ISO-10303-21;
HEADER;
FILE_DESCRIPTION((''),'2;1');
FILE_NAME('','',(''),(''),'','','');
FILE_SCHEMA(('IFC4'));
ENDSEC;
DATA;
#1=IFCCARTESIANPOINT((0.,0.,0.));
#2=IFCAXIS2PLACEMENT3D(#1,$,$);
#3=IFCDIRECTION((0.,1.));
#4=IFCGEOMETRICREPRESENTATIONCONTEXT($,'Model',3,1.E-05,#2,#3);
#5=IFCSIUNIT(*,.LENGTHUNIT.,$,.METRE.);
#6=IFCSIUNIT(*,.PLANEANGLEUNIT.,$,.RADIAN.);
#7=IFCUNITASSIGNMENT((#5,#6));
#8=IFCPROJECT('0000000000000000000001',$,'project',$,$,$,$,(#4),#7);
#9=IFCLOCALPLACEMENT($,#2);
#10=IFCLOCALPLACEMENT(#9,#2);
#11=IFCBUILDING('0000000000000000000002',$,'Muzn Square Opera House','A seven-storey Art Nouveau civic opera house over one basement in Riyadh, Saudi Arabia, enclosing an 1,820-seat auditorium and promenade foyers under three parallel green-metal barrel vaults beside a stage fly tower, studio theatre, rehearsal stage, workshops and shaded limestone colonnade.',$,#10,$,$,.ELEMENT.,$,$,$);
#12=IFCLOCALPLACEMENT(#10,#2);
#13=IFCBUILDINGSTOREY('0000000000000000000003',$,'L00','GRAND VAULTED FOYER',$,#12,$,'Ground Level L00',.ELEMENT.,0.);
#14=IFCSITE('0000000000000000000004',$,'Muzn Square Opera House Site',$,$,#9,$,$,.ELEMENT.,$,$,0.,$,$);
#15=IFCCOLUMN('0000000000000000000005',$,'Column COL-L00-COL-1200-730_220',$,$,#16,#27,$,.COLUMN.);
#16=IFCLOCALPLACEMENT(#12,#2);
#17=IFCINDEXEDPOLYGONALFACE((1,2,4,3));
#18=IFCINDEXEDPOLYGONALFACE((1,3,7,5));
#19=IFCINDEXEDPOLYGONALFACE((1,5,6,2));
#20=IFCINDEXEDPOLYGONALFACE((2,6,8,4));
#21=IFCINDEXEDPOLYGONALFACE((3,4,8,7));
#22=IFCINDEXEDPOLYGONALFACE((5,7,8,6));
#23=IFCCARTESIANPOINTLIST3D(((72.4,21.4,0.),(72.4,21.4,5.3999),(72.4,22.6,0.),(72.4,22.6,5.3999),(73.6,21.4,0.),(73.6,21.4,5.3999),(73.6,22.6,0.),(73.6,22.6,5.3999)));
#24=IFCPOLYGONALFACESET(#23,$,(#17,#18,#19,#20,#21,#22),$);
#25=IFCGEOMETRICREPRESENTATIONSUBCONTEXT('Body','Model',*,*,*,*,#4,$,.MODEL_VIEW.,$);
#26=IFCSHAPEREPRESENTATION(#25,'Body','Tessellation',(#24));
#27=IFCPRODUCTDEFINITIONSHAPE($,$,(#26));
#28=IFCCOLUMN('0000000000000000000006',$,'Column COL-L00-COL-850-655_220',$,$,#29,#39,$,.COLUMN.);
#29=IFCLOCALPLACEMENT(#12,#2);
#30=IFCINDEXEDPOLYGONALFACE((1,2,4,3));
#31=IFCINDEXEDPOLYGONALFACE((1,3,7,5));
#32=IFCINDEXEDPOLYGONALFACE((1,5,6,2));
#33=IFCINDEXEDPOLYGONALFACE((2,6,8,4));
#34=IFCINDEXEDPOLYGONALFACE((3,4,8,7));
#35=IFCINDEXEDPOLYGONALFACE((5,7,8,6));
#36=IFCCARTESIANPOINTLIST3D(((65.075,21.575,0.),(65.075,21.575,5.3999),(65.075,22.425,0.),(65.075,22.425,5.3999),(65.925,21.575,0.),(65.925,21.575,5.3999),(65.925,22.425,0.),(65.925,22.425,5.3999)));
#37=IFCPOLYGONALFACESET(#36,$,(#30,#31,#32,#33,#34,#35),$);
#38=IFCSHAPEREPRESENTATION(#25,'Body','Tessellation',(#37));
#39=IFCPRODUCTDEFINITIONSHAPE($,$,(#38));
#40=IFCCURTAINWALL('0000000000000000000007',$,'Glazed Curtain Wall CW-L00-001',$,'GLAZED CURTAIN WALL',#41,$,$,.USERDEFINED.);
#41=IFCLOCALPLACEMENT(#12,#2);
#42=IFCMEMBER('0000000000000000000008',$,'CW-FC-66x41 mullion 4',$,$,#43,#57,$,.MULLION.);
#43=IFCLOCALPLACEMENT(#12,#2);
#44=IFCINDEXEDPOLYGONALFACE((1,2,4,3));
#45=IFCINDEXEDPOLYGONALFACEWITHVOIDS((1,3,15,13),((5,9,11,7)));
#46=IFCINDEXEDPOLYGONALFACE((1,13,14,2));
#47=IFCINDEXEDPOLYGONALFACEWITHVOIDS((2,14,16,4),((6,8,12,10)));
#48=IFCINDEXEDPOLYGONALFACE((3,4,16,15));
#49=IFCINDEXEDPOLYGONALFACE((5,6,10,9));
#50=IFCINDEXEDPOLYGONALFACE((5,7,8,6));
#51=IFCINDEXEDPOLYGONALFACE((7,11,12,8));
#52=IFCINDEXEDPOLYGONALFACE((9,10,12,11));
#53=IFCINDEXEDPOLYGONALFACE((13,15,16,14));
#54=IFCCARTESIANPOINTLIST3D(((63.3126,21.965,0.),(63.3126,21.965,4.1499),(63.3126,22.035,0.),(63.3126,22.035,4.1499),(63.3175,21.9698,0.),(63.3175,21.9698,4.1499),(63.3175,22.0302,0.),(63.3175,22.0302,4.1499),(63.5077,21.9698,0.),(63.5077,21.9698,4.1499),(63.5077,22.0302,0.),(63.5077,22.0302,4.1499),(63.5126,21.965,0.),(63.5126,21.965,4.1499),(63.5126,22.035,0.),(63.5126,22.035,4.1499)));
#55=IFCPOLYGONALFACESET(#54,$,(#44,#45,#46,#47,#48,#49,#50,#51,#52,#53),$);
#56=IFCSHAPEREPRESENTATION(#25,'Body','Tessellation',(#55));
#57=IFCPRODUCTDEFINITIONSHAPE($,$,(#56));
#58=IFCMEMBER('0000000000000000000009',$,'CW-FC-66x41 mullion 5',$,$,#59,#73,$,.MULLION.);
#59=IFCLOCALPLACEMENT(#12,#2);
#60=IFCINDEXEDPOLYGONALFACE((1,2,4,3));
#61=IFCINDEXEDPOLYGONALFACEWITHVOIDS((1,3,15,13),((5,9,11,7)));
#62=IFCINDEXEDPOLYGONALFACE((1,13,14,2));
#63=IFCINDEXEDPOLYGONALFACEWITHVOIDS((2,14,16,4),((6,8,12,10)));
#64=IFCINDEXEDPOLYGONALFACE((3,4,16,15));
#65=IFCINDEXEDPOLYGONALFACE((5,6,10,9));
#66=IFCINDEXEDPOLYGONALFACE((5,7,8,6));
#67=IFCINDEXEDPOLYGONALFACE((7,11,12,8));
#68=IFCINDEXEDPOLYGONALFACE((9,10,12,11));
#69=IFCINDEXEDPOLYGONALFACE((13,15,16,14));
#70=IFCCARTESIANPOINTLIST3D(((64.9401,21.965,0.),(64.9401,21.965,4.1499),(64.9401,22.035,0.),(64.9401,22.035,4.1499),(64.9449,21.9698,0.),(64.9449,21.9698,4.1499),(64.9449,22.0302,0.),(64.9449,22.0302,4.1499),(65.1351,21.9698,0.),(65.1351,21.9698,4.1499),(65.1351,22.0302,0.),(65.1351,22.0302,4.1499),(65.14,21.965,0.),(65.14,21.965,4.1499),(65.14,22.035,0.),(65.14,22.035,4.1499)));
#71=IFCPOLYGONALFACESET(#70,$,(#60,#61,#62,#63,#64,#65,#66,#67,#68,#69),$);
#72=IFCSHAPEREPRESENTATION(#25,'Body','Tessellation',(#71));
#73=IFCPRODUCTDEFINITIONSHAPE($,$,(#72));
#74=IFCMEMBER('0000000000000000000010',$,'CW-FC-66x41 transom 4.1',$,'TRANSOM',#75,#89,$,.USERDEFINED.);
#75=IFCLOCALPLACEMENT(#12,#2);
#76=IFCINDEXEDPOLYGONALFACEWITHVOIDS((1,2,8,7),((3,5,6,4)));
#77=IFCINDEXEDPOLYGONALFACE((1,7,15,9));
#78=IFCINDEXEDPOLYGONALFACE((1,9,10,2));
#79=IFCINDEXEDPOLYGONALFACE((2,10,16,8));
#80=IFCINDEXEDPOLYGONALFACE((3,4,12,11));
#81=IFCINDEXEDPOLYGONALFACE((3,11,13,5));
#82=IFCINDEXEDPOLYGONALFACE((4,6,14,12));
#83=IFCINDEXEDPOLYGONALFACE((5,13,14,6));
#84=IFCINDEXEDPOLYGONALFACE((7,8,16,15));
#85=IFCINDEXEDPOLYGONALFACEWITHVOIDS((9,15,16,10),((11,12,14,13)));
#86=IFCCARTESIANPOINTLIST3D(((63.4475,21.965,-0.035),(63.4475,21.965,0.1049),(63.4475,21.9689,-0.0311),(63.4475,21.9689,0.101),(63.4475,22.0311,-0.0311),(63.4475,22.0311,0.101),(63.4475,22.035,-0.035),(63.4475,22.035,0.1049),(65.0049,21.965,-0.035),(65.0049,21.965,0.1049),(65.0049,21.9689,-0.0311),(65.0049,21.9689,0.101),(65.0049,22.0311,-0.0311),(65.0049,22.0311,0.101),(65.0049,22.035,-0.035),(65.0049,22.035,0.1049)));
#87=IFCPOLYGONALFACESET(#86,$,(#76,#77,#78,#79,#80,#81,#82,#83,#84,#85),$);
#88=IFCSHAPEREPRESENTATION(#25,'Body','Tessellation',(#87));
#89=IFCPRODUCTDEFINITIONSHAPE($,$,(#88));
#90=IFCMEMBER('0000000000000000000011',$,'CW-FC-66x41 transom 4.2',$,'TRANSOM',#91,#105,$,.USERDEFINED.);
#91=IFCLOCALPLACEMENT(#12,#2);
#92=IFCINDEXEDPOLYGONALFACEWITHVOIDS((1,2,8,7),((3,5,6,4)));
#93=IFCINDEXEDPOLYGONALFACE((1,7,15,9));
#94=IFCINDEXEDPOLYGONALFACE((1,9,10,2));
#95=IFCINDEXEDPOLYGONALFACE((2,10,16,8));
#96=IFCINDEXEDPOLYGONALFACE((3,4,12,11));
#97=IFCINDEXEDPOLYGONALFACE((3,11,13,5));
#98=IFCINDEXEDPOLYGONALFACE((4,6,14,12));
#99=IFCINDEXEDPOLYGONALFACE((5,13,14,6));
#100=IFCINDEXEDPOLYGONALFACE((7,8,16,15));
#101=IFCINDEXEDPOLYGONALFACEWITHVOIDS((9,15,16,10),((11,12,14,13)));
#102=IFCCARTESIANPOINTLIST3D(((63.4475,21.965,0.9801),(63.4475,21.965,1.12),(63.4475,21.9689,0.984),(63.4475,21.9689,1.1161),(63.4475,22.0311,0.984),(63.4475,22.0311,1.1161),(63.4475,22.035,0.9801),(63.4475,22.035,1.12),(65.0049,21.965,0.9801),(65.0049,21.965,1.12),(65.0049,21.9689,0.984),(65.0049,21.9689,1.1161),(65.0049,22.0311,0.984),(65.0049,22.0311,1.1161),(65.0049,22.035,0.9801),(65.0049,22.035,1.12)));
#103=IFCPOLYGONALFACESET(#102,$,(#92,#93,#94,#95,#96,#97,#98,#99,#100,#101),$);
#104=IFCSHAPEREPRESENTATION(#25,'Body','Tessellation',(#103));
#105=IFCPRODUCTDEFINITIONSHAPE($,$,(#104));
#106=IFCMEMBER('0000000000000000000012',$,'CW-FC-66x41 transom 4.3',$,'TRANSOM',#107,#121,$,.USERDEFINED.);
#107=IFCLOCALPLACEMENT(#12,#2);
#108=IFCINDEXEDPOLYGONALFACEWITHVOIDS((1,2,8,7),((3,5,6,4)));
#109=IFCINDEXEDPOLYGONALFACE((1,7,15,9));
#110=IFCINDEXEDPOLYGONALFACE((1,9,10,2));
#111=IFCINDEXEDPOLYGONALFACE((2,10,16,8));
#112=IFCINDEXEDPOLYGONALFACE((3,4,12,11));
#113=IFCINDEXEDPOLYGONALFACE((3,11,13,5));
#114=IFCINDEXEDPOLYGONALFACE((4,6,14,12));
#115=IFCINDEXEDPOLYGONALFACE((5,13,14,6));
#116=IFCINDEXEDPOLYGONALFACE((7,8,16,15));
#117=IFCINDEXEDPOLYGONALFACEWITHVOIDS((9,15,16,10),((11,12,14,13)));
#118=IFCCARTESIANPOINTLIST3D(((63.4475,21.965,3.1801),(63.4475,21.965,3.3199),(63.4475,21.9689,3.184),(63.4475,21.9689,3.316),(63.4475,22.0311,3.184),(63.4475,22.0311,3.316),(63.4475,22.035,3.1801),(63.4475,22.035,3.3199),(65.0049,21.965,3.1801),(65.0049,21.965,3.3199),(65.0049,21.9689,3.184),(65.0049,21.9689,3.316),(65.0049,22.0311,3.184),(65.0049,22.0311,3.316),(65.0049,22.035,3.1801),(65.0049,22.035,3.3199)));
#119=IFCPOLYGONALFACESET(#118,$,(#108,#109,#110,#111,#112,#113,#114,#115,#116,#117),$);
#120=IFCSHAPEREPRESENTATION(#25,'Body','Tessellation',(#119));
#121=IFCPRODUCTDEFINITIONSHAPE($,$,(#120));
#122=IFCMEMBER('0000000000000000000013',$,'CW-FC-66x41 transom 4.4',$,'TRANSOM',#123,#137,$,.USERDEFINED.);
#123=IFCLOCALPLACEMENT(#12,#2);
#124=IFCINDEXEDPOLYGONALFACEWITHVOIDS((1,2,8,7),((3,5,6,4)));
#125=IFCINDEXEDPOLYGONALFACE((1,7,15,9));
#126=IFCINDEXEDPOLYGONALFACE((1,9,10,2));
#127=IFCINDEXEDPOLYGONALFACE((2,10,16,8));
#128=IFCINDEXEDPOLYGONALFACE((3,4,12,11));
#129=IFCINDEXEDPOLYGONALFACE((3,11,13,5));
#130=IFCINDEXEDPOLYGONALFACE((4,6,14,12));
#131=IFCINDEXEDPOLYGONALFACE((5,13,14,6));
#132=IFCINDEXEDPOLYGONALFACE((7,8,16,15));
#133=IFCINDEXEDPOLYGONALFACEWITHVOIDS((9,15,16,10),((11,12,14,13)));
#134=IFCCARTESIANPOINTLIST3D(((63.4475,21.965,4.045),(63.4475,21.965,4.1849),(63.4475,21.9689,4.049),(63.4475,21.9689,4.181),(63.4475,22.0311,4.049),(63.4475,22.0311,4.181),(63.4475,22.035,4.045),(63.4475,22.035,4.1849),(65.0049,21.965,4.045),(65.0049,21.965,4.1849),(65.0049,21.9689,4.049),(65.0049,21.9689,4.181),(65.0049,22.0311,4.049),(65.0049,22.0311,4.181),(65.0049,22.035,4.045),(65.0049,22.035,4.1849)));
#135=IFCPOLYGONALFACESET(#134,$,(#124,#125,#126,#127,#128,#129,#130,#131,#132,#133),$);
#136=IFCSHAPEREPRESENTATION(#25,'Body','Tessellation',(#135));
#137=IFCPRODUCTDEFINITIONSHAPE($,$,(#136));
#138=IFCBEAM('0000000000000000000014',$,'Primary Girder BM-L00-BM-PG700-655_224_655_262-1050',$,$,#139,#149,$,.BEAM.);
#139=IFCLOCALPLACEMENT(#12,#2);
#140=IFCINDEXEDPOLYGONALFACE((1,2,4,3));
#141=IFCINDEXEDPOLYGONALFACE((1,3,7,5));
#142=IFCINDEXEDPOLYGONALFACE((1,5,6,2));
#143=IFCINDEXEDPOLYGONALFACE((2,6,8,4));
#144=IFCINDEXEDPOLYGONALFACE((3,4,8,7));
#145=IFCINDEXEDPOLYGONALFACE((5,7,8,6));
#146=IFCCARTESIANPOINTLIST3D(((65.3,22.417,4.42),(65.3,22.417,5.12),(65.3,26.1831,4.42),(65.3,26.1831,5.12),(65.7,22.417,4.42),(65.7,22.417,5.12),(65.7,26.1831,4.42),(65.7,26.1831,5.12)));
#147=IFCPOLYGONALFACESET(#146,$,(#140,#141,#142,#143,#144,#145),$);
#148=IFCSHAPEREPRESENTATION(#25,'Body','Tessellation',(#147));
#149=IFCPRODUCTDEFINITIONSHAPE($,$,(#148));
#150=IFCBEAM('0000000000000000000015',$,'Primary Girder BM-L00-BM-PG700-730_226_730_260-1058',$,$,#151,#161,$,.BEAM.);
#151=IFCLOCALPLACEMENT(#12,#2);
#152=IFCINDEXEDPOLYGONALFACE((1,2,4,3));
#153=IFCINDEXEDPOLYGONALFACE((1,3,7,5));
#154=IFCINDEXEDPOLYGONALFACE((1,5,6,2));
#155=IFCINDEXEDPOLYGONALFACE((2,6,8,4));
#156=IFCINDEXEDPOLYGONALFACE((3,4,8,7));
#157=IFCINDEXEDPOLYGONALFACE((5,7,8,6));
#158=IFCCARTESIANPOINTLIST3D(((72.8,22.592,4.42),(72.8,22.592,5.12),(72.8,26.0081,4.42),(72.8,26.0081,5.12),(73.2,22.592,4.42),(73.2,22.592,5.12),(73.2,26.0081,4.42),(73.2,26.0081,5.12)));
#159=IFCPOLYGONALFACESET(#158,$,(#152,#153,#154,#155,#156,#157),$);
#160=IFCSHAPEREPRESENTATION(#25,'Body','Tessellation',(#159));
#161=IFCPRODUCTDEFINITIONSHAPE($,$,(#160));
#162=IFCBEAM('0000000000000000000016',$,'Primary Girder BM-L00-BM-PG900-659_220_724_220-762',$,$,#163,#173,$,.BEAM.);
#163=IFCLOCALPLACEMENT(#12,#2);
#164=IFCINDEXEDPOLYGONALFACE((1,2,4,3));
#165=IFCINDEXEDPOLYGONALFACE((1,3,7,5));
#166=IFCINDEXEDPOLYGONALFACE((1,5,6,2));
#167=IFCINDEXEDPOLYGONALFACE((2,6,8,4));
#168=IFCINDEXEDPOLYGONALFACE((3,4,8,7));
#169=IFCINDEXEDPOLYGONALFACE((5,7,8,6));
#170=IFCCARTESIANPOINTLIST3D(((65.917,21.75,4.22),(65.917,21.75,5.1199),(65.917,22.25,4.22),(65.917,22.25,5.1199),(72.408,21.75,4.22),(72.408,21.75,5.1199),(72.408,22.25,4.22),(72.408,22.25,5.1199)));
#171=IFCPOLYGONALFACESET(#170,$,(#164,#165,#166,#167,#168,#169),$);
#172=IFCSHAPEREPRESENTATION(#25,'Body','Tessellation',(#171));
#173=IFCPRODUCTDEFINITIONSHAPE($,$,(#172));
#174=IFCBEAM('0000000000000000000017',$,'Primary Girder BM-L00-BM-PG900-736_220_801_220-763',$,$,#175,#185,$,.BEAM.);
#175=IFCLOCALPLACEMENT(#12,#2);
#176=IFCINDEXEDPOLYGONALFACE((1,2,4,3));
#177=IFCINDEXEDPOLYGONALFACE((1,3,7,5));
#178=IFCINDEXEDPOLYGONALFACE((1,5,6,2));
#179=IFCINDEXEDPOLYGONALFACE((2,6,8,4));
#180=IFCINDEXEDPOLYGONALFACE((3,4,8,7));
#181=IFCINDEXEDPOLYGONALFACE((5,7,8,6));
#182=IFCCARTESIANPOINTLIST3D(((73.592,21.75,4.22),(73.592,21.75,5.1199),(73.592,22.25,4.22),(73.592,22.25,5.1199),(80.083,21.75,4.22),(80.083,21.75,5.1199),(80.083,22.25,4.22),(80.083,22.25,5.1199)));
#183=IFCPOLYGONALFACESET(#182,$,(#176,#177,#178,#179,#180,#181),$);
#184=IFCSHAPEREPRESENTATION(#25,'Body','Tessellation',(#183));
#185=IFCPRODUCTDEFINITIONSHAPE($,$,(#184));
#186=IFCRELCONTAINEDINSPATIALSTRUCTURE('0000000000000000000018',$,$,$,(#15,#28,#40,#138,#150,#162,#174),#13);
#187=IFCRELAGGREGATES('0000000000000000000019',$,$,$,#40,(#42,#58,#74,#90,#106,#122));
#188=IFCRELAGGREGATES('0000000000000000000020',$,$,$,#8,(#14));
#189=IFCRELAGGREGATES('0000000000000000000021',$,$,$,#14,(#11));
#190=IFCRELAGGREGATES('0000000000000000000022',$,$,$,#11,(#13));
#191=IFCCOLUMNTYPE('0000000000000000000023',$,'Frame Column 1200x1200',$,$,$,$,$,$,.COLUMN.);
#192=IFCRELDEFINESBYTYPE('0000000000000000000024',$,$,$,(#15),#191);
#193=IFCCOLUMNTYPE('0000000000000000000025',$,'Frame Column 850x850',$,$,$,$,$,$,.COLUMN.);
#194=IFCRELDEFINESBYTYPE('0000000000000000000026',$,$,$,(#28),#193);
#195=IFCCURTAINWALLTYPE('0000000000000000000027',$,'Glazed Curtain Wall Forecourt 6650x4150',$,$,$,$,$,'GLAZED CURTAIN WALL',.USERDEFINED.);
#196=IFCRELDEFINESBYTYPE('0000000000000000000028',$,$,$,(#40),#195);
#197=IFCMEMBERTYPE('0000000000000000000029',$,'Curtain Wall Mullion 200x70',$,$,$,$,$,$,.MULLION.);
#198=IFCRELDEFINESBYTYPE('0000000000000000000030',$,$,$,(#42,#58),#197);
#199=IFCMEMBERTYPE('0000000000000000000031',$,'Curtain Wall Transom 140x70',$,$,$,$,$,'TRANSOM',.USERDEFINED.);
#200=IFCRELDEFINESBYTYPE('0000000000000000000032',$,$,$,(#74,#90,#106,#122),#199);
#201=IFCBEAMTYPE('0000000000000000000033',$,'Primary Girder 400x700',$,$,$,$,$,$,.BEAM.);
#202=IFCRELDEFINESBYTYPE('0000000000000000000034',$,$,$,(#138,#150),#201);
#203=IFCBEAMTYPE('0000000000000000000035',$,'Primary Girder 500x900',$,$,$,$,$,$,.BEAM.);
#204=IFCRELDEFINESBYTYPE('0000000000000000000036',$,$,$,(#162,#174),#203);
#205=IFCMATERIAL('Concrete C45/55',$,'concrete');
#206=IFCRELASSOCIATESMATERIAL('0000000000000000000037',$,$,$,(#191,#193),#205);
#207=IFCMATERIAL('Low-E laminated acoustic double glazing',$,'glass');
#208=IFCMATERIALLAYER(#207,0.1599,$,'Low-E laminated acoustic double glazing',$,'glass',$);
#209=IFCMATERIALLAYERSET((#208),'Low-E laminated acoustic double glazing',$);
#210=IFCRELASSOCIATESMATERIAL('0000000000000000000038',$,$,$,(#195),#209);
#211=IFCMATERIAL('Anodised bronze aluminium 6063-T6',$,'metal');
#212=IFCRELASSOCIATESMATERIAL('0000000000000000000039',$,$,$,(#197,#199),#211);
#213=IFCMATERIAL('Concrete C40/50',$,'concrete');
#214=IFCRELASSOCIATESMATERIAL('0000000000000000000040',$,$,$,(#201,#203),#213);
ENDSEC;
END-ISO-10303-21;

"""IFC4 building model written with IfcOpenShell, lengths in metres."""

from ifc_helpers import new_model, si_unit, direction, frame, origin, origin_2d, place, context, subcontext, project, spatial, rectangle, hollow_rectangle, extrude, material, layer, layer_set, material_profile, profile_set, type_object, element, aggregate, save


model = new_model("IFC4")

# Units and contexts
model_context = context("Model", 3, precision=1e-05, world=origin(), true_north=direction((0.0, 1.0)))
body_context = subcontext(model_context, "Body", "Model", "MODEL_VIEW")
ifc_project = project(units=[si_unit("LENGTHUNIT", "METRE"), si_unit("PLANEANGLEUNIT", "RADIAN")], contexts=[model_context])

# Site, building, storey
site_placement = place(None, origin())
site = spatial("IfcSite", under=ifc_project, at=site_placement, Name="Muzn Square Opera House Site", CompositionType="ELEMENT", RefElevation=0.0)
building_placement = place(site_placement, origin())
building = spatial("IfcBuilding", under=site, at=building_placement, Name="Muzn Square Opera House", Description="A seven-storey Art Nouveau civic opera house over one basement in Riyadh, Saudi Arabia, enclosing an 1,820-seat auditorium and promenade foyers under three parallel green-metal barrel vaults beside a stage fly tower, studio theatre, rehearsal stage, workshops and shaded limestone colonnade.", CompositionType="ELEMENT")
storey_placement = place(building_placement, origin())
storey = spatial("IfcBuildingStorey", under=building, at=storey_placement, Name="L00", Description="GRAND VAULTED FOYER", LongName="Ground Level L00", CompositionType="ELEMENT", Elevation=0.0)

# Columns
ifc_material_1 = material(Name="Concrete C45/55", Category="concrete")
ifc_material_profile_1 = material_profile(ifc_material_1, rectangle(XDim=1.2, YDim=1.2, at=origin_2d()), Name="RC 1200x1200", Category="concrete")
ifc_profile_set_1 = profile_set([ifc_material_profile_1], Name="Concrete C45/55")
column_type_1 = type_object("IfcColumnType", Name="Frame Column 1200x1200", PredefinedType="COLUMN", material=ifc_profile_set_1)
column_1_placement = place(storey_placement, frame((73.0, 22.0, 0.0), z_axis=(0.0, 0.0, 1.0), x_axis=(1.0, 0.0, 0.0)))
element("IfcColumn", 1, at=column_1_placement, inside=storey, type_object=column_type_1, Name="Column COL-L00-COL-1200-730_220", PredefinedType="COLUMN", context=body_context, shape_type="SweptSolid", body=[
    extrude(rectangle(XDim=1.2, YDim=1.2, at=origin_2d()), origin(), (0.0, 0.0, 1.0), 5.3999),
])
ifc_material_profile_2 = material_profile(ifc_material_1, rectangle(XDim=0.8501, YDim=0.8501, at=origin_2d()), Name="RC 850x850", Category="concrete")
ifc_profile_set_2 = profile_set([ifc_material_profile_2], Name="Concrete C45/55")
column_type_2 = type_object("IfcColumnType", Name="Frame Column 850x850", PredefinedType="COLUMN", material=ifc_profile_set_2)
column_2_placement = place(storey_placement, frame((65.5, 22.0, 0.0), z_axis=(0.0, 0.0, 1.0), x_axis=(1.0, 0.0, 0.0)))
element("IfcColumn", 2, at=column_2_placement, inside=storey, type_object=column_type_2, Name="Column COL-L00-COL-850-655_220", PredefinedType="COLUMN", context=body_context, shape_type="SweptSolid", body=[
    extrude(rectangle(XDim=0.8501, YDim=0.8501, at=origin_2d()), origin(), (0.0, 0.0, 1.0), 5.3999),
])

# Curtain wall, members
ifc_material_2 = material(Name="Low-E laminated acoustic double glazing", Category="glass")
ifc_layer_1 = layer(ifc_material_2, 0.1599, Name="Low-E laminated acoustic double glazing", Category="glass")
ifc_layer_set_1 = layer_set([ifc_layer_1], Name="Low-E laminated acoustic double glazing")
curtain_wall_type = type_object("IfcCurtainWallType", Name="Glazed Curtain Wall Forecourt 6650x4150", ElementType="GLAZED CURTAIN WALL", PredefinedType="USERDEFINED", material=ifc_layer_set_1)
curtain_wall_placement = place(storey_placement, origin())
curtain_wall = element("IfcCurtainWall", 3, at=curtain_wall_placement, inside=storey, type_object=curtain_wall_type, Name="Glazed Curtain Wall CW-L00-001", ObjectType="GLAZED CURTAIN WALL", PredefinedType="USERDEFINED")
ifc_material_3 = material(Name="Anodised bronze aluminium 6063-T6", Category="metal")
ifc_material_profile_3 = material_profile(ifc_material_3, hollow_rectangle(XDim=0.0701, YDim=0.2, WallThickness=0.0049, at=origin_2d()), Name="ALU 200x70x5", Category="metal")
ifc_profile_set_3 = profile_set([ifc_material_profile_3], Name="Anodised bronze aluminium 6063-T6")
member_type_1 = type_object("IfcMemberType", Name="Curtain Wall Mullion 200x70", PredefinedType="MULLION", material=ifc_profile_set_3)
member_1_placement = place(storey_placement, frame((63.4126, 22.0, 0.0), z_axis=(0.0, 0.0, 1.0), x_axis=(0.0, 1.0, 0.0)))
member_1 = element("IfcMember", 4, at=member_1_placement, type_object=member_type_1, Name="CW-FC-66x41 mullion 4", PredefinedType="MULLION", context=body_context, shape_type="SweptSolid", body=[
    extrude(hollow_rectangle(XDim=0.0701, YDim=0.2, WallThickness=0.0049, at=origin_2d()), origin(), (0.0, 0.0, 1.0), 4.1499),
])
member_2_placement = place(storey_placement, frame((65.04, 22.0, 0.0), z_axis=(0.0, 0.0, 1.0), x_axis=(0.0, 1.0, 0.0)))
member_2 = element("IfcMember", 5, at=member_2_placement, type_object=member_type_1, Name="CW-FC-66x41 mullion 5", PredefinedType="MULLION", context=body_context, shape_type="SweptSolid", body=[
    extrude(hollow_rectangle(XDim=0.0701, YDim=0.2, WallThickness=0.0049, at=origin_2d()), origin(), (0.0, 0.0, 1.0), 4.1499),
])
ifc_material_profile_4 = material_profile(ifc_material_3, hollow_rectangle(XDim=0.0701, YDim=0.1399, WallThickness=0.0039, at=origin_2d()), Name="ALU 140x70x4", Category="metal")
ifc_profile_set_4 = profile_set([ifc_material_profile_4], Name="Anodised bronze aluminium 6063-T6")
member_type_2 = type_object("IfcMemberType", Name="Curtain Wall Transom 140x70", ElementType="TRANSOM", PredefinedType="USERDEFINED", material=ifc_profile_set_4)
member_3_placement = place(storey_placement, frame((63.4475, 22.0, 0.0349), z_axis=(1.0, 0.0, 0.0), x_axis=(0.0, 1.0, 0.0)))
member_3 = element("IfcMember", 6, at=member_3_placement, type_object=member_type_2, Name="CW-FC-66x41 transom 4.1", ObjectType="TRANSOM", PredefinedType="USERDEFINED", context=body_context, shape_type="SweptSolid", body=[
    extrude(hollow_rectangle(XDim=0.0701, YDim=0.1399, WallThickness=0.0039, at=origin_2d()), origin(), (0.0, 0.0, 1.0), 1.5574),
])
member_4_placement = place(storey_placement, frame((63.4475, 22.0, 1.05), z_axis=(1.0, 0.0, 0.0), x_axis=(0.0, 1.0, 0.0)))
member_4 = element("IfcMember", 7, at=member_4_placement, type_object=member_type_2, Name="CW-FC-66x41 transom 4.2", ObjectType="TRANSOM", PredefinedType="USERDEFINED", context=body_context, shape_type="SweptSolid", body=[
    extrude(hollow_rectangle(XDim=0.0701, YDim=0.1399, WallThickness=0.0039, at=origin_2d()), origin(), (0.0, 0.0, 1.0), 1.5574),
])
member_5_placement = place(storey_placement, frame((63.4475, 22.0, 3.25), z_axis=(1.0, 0.0, 0.0), x_axis=(0.0, 1.0, 0.0)))
member_5 = element("IfcMember", 8, at=member_5_placement, type_object=member_type_2, Name="CW-FC-66x41 transom 4.3", ObjectType="TRANSOM", PredefinedType="USERDEFINED", context=body_context, shape_type="SweptSolid", body=[
    extrude(hollow_rectangle(XDim=0.0701, YDim=0.1399, WallThickness=0.0039, at=origin_2d()), origin(), (0.0, 0.0, 1.0), 1.5574),
])
member_6_placement = place(storey_placement, frame((63.4475, 22.0, 4.115), z_axis=(1.0, 0.0, 0.0), x_axis=(0.0, 1.0, 0.0)))
member_6 = element("IfcMember", 9, at=member_6_placement, type_object=member_type_2, Name="CW-FC-66x41 transom 4.4", ObjectType="TRANSOM", PredefinedType="USERDEFINED", context=body_context, shape_type="SweptSolid", body=[
    extrude(hollow_rectangle(XDim=0.0701, YDim=0.1399, WallThickness=0.0039, at=origin_2d()), origin(), (0.0, 0.0, 1.0), 1.5574),
])

# Beams
ifc_material_4 = material(Name="Concrete C40/50", Category="concrete")
ifc_material_profile_5 = material_profile(ifc_material_4, rectangle(XDim=0.3999, YDim=0.7, at=origin_2d()), Name="RCB 400x700", Category="concrete")
ifc_profile_set_5 = profile_set([ifc_material_profile_5], Name="Concrete C40/50")
beam_type_1 = type_object("IfcBeamType", Name="Primary Girder 400x700", PredefinedType="BEAM", material=ifc_profile_set_5)
beam_1_placement = place(storey_placement, frame((65.5, 22.417, 4.77), z_axis=(0.0, 1.0, 0.0), x_axis=(-1.0, 0.0, 0.0)))
element("IfcBeam", 10, at=beam_1_placement, inside=storey, type_object=beam_type_1, Name="Primary Girder BM-L00-BM-PG700-655_224_655_262-1050", PredefinedType="BEAM", context=body_context, shape_type="SweptSolid", body=[
    extrude(rectangle(XDim=0.3999, YDim=0.7, at=origin_2d()), origin(), (0.0, 0.0, 1.0), 3.7661),
])
beam_2_placement = place(storey_placement, frame((73.0, 22.592, 4.77), z_axis=(0.0, 1.0, 0.0), x_axis=(-1.0, 0.0, 0.0)))
element("IfcBeam", 11, at=beam_2_placement, inside=storey, type_object=beam_type_1, Name="Primary Girder BM-L00-BM-PG700-730_226_730_260-1058", PredefinedType="BEAM", context=body_context, shape_type="SweptSolid", body=[
    extrude(rectangle(XDim=0.3999, YDim=0.7, at=origin_2d()), origin(), (0.0, 0.0, 1.0), 3.416),
])
ifc_material_profile_6 = material_profile(ifc_material_4, rectangle(XDim=0.5, YDim=0.8999, at=origin_2d()), Name="RCB 500x900", Category="concrete")
ifc_profile_set_6 = profile_set([ifc_material_profile_6], Name="Concrete C40/50")
beam_type_2 = type_object("IfcBeamType", Name="Primary Girder 500x900", PredefinedType="BEAM", material=ifc_profile_set_6)
for number, where, z_axis, x_axis, name in (
    (12, (65.917, 22.0, 4.6699), (1.0, 0.0, 0.0), (0.0, 1.0, 0.0), "Primary Girder BM-L00-BM-PG900-659_220_724_220-762"),
    (13, (73.592, 22.0, 4.6699), (1.0, 0.0, 0.0), (0.0, 1.0, 0.0), "Primary Girder BM-L00-BM-PG900-736_220_801_220-763"),
):
    element("IfcBeam", number, at=place(storey_placement, frame(where, z_axis=z_axis, x_axis=x_axis)), inside=storey, type_object=beam_type_2, Name=name, PredefinedType="BEAM", context=body_context, shape_type="SweptSolid", body=[
        extrude(rectangle(XDim=0.5, YDim=0.8999, at=origin_2d()), origin(), (0.0, 0.0, 1.0), 6.491),
    ])

aggregate(curtain_wall, [member_1, member_2, member_3, member_4, member_5, member_6])

save(model, "model.ifc")
